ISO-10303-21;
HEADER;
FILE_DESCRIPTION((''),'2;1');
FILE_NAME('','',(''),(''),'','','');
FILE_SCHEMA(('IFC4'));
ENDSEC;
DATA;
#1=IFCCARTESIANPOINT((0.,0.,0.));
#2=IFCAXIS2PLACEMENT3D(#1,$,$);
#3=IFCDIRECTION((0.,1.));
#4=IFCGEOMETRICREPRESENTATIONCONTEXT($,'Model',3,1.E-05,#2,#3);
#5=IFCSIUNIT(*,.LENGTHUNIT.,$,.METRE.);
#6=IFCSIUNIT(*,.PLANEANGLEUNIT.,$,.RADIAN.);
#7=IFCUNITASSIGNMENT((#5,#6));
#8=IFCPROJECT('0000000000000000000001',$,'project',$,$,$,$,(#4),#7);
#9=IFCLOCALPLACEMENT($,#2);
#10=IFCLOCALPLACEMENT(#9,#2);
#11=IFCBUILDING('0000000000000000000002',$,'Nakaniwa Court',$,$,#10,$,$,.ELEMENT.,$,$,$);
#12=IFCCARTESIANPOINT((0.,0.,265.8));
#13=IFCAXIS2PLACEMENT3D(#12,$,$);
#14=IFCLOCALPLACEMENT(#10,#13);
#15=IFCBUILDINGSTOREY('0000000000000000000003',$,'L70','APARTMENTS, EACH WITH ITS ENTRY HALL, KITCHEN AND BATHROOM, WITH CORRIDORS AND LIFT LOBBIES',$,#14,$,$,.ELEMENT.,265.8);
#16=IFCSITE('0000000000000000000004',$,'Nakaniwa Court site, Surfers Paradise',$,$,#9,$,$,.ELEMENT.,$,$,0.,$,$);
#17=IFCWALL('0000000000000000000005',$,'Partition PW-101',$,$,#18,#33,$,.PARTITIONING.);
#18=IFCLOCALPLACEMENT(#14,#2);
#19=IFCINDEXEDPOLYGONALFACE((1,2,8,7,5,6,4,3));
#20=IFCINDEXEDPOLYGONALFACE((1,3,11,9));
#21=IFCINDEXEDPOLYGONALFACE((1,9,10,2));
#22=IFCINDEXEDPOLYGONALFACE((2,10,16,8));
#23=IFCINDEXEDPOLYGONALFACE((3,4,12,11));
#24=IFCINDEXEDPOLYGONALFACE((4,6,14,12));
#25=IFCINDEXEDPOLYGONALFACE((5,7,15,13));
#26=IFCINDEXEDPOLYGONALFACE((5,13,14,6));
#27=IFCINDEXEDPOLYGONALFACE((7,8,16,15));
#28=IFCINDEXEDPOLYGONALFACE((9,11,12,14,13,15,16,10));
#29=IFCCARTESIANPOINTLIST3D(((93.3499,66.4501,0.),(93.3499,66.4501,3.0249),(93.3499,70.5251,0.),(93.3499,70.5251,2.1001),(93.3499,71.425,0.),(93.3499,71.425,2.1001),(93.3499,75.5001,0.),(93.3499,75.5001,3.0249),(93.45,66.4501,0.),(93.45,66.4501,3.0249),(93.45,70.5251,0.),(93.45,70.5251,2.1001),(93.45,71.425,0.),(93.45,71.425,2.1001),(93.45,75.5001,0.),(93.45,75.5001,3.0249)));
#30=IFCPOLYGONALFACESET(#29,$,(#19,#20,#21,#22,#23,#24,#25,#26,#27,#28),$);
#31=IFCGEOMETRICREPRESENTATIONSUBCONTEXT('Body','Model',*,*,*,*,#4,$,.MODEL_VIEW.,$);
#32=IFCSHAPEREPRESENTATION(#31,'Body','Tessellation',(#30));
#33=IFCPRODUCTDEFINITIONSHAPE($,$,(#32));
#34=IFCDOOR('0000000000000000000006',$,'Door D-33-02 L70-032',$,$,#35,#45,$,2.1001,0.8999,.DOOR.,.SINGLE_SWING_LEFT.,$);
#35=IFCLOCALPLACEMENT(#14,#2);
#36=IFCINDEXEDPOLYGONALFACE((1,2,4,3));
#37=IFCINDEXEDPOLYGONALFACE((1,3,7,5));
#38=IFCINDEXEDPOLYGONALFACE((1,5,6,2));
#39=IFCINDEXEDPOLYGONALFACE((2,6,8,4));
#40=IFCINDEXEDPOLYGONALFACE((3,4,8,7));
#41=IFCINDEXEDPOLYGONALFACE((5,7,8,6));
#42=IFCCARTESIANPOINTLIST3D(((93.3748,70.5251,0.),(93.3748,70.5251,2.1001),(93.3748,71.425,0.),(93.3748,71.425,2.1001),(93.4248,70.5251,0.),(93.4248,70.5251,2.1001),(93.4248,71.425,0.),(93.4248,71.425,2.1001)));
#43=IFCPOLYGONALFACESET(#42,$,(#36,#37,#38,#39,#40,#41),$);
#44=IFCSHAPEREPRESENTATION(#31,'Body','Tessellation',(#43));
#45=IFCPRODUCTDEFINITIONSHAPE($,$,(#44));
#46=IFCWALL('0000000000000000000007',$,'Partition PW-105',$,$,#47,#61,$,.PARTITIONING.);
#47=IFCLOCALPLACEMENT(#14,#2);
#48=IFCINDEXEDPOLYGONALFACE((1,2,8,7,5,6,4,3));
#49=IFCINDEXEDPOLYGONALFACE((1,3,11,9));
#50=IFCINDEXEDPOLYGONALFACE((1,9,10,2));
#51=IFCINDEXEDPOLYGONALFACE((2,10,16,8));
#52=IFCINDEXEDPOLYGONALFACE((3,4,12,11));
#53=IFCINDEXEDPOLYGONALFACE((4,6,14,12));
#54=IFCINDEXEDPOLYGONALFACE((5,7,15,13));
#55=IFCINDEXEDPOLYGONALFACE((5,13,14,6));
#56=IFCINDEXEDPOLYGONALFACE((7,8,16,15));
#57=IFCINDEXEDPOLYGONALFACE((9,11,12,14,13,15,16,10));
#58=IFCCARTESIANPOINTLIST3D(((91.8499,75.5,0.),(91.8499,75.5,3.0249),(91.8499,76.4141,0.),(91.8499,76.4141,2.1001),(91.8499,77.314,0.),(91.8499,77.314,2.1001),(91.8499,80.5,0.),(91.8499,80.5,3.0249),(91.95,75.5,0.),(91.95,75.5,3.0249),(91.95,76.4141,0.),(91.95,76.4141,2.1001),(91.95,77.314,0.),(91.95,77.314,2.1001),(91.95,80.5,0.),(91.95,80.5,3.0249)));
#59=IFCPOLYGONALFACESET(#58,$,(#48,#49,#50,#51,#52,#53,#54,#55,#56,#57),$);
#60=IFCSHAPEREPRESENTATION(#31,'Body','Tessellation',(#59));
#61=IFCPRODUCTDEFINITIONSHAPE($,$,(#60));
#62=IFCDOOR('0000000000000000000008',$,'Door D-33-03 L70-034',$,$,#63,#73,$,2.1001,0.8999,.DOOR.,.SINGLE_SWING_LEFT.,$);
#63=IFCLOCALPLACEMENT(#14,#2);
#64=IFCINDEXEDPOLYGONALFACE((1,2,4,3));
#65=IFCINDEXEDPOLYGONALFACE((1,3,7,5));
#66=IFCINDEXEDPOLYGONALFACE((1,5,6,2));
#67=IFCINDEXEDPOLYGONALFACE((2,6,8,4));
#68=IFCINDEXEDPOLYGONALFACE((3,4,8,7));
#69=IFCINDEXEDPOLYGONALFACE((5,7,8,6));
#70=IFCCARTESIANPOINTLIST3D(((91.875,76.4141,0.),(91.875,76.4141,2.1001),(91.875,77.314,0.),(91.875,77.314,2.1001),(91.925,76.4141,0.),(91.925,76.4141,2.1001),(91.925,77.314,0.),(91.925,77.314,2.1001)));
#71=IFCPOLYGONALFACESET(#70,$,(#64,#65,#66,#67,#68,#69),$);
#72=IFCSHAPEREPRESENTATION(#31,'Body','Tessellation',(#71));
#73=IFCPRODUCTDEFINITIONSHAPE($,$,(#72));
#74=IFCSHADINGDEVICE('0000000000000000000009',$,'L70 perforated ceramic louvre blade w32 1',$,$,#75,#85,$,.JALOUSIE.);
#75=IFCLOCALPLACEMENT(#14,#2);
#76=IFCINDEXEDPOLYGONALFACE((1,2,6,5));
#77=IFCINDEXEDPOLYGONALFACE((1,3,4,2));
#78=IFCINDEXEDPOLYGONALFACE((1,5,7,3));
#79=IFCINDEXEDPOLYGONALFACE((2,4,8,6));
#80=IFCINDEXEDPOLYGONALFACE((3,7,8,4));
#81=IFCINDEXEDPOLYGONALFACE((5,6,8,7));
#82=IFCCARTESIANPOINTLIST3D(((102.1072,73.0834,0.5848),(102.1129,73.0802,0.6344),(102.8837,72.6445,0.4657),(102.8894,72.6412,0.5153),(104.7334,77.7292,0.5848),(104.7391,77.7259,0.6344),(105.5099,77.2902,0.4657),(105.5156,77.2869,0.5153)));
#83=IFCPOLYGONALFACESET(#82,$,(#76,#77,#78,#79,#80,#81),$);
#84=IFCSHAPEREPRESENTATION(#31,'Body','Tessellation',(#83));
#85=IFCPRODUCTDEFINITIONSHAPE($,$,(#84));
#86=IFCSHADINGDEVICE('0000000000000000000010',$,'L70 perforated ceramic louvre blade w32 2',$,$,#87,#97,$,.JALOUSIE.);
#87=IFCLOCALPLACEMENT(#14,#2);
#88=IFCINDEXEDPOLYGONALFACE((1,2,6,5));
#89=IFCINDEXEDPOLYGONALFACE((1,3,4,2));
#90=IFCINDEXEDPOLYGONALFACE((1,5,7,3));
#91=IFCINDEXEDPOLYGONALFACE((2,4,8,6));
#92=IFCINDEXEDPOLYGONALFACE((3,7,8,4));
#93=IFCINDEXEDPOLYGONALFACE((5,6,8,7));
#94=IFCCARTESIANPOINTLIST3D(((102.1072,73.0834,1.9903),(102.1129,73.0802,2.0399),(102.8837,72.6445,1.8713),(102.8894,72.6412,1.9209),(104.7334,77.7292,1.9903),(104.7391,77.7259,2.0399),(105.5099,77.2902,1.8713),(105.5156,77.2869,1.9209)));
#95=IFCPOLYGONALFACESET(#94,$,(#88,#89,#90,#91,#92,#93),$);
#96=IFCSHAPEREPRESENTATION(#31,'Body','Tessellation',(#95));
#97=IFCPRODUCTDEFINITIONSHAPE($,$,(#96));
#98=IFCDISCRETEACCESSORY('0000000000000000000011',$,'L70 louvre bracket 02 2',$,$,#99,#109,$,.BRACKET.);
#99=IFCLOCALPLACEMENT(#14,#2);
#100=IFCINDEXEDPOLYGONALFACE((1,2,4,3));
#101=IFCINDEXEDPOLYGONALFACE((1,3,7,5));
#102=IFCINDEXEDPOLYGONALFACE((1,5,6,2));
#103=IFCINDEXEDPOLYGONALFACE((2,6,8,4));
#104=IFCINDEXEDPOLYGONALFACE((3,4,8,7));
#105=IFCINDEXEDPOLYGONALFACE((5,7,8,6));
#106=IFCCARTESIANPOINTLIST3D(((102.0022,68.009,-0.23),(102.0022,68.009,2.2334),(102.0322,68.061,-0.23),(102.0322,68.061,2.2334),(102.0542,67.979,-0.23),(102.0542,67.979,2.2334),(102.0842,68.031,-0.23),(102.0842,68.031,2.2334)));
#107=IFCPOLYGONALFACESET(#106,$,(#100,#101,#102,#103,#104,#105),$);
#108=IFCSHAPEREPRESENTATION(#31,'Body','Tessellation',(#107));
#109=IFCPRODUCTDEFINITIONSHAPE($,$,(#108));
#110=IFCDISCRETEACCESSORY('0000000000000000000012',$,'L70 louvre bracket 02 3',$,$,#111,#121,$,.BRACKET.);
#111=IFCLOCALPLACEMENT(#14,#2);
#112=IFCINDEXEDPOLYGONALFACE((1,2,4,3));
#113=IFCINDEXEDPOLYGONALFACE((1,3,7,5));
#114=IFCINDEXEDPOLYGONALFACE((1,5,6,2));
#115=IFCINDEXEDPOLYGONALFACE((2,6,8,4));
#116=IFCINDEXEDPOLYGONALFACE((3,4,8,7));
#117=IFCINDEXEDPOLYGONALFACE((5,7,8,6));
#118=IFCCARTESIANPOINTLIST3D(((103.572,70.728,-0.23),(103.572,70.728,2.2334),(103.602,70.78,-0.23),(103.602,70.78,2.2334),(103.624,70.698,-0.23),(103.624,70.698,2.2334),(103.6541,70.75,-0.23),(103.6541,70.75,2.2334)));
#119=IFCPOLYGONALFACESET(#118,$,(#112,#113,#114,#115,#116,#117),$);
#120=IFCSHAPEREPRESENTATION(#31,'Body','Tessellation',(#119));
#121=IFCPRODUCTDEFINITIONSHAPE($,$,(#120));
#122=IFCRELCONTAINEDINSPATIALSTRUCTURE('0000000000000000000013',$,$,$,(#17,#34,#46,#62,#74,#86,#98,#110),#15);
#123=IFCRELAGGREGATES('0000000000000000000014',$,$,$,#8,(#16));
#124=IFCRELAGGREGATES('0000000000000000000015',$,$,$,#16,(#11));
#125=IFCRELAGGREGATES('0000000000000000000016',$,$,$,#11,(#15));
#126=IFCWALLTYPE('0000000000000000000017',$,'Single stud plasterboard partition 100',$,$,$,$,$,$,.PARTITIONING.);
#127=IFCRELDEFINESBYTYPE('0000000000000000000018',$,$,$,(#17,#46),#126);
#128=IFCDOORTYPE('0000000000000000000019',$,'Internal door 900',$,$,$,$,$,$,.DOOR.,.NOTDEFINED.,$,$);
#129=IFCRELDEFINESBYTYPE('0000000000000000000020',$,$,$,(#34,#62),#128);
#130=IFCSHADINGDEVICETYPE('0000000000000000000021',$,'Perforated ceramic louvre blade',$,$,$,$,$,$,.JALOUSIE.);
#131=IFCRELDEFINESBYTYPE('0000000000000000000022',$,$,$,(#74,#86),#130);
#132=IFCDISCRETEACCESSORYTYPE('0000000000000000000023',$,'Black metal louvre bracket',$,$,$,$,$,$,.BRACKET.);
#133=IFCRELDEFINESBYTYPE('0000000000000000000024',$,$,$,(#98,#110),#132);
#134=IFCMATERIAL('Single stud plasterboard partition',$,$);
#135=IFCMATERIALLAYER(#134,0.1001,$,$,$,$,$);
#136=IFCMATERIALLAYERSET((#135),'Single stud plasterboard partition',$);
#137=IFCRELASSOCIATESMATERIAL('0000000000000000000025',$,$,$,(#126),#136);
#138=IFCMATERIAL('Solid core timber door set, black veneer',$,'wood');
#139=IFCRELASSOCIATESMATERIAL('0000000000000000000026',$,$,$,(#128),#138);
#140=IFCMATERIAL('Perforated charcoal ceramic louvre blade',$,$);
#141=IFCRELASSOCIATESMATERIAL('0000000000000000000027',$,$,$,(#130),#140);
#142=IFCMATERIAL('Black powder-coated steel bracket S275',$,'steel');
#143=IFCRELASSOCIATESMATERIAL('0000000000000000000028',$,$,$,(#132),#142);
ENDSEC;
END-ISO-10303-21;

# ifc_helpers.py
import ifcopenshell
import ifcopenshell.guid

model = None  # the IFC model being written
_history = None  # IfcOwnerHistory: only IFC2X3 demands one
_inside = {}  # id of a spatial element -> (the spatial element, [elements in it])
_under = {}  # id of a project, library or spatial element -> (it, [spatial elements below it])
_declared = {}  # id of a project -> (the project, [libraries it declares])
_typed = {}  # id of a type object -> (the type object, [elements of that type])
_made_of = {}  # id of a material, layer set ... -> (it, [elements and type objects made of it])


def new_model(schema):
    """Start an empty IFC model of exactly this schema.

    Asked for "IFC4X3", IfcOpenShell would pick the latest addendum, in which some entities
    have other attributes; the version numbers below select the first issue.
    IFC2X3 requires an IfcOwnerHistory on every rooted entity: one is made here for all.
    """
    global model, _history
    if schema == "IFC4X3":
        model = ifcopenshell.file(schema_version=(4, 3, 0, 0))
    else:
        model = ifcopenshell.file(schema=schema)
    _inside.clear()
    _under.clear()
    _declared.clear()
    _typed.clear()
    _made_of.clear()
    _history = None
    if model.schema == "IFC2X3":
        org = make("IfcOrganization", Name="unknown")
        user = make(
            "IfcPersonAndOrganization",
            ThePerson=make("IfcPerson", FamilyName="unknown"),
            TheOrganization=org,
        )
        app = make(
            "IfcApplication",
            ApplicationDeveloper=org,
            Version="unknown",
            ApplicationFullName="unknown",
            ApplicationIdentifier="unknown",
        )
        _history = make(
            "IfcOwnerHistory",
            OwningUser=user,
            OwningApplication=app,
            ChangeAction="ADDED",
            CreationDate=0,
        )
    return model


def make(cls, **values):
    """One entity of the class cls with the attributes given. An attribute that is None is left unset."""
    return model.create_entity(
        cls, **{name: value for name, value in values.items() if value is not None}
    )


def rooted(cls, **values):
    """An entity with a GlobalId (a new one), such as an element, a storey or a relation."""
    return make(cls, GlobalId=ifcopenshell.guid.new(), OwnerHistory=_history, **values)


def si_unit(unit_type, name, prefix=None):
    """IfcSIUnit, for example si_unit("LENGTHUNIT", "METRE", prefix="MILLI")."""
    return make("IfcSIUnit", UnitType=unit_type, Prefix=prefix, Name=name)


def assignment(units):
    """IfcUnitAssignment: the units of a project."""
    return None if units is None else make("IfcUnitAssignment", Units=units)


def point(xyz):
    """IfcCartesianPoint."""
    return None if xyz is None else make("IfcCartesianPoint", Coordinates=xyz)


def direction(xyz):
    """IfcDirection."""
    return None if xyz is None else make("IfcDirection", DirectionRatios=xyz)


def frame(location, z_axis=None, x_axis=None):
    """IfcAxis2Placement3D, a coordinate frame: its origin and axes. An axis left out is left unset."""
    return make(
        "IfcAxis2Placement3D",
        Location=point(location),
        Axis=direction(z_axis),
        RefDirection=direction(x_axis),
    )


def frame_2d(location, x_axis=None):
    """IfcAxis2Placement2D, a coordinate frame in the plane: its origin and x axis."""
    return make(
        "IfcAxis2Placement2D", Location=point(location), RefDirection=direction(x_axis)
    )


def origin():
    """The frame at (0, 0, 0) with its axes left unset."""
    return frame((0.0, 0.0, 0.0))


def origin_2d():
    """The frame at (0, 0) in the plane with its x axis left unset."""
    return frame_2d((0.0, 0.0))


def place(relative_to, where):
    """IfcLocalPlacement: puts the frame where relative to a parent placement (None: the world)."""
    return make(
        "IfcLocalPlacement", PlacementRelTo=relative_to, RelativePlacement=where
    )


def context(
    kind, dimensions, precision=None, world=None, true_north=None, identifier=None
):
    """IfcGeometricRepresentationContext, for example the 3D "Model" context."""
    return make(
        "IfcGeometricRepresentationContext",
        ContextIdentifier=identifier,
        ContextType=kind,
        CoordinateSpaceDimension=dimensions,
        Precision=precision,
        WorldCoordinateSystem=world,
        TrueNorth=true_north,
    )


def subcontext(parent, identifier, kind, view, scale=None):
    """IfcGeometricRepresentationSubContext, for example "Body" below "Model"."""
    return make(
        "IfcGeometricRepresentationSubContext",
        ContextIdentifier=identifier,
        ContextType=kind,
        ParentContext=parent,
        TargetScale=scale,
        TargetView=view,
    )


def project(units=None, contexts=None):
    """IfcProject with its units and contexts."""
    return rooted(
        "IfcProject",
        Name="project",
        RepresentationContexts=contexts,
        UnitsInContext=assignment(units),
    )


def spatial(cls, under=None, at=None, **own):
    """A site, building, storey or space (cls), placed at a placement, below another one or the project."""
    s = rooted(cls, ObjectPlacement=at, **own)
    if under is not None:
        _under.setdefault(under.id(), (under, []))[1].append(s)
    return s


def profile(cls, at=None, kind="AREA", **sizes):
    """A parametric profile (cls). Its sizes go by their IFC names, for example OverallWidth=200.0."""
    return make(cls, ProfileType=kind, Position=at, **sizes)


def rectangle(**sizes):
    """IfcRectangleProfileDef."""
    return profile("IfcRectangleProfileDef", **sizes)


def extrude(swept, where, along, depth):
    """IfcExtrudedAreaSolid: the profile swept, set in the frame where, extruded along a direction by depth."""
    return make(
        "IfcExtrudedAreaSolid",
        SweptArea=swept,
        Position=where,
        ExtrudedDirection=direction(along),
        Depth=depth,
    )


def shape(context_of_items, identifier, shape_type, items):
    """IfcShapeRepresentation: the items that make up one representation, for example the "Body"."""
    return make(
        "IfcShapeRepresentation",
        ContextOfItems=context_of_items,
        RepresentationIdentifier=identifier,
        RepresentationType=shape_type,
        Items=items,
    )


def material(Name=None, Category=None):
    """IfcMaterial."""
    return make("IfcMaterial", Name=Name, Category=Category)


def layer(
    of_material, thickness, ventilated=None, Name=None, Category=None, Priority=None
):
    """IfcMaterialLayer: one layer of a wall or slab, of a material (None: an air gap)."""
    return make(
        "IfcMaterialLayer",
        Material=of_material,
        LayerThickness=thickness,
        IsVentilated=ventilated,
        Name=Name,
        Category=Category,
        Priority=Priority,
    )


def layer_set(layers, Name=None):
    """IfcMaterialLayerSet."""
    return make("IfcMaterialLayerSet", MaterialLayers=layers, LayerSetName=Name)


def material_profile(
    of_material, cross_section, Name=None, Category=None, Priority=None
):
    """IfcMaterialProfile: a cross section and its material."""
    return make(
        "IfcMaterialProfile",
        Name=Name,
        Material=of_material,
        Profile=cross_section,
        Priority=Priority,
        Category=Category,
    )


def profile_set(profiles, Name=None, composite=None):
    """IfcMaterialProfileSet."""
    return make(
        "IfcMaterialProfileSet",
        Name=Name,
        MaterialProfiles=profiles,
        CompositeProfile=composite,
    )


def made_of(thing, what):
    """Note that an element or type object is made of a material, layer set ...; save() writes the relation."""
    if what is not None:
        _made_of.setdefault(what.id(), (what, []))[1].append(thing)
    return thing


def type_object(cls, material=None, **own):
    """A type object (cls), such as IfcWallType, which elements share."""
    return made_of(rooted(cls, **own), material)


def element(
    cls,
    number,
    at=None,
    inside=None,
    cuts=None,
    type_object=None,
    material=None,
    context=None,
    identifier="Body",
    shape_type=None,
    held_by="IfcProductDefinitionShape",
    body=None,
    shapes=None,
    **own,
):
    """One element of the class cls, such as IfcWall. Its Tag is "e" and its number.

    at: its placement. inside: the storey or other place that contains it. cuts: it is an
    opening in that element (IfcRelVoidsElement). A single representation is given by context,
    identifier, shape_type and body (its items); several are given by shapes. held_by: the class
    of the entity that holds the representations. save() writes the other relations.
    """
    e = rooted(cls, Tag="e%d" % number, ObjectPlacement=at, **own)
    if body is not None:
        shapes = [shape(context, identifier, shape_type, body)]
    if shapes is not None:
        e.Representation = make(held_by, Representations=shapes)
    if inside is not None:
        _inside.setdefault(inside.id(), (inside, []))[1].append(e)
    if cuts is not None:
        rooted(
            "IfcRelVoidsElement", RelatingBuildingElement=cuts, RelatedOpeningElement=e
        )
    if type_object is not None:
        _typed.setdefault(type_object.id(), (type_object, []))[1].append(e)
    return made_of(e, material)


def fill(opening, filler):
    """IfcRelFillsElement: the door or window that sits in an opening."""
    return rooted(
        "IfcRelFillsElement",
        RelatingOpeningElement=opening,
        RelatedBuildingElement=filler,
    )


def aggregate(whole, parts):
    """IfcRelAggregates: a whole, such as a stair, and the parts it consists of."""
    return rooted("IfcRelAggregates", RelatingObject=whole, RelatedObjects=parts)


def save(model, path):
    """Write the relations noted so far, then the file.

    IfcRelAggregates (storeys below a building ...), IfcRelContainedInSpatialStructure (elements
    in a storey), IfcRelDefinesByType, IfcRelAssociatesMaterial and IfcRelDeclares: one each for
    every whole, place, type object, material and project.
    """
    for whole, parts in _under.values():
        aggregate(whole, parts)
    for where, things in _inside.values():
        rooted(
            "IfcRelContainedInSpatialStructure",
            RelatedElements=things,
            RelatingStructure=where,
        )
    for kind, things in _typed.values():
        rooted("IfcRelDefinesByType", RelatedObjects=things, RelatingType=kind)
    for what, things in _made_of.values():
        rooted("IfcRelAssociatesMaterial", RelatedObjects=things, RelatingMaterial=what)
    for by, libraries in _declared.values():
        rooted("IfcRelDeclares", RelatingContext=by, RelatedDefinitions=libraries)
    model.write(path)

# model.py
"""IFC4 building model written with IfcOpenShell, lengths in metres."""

from ifc_helpers import new_model, si_unit, direction, frame, frame_2d, origin, origin_2d, place, context, subcontext, project, spatial, rectangle, extrude, material, layer, layer_set, material_profile, profile_set, type_object, element, fill, save


model = new_model("IFC4")

# Units and contexts
model_context = context("Model", 3, precision=1e-05, world=origin(), true_north=direction((0.0, 1.0)))
body_context = subcontext(model_context, "Body", "Model", "MODEL_VIEW")
ifc_project = project(units=[si_unit("LENGTHUNIT", "METRE"), si_unit("PLANEANGLEUNIT", "RADIAN")], contexts=[model_context])

# Site, building, storey
site_placement = place(None, origin())
site = spatial("IfcSite", under=ifc_project, at=site_placement, Name="Nakaniwa Court site, Surfers Paradise", CompositionType="ELEMENT", RefElevation=0.0)
building_placement = place(site_placement, origin())
building = spatial("IfcBuilding", under=site, at=building_placement, Name="Nakaniwa Court", CompositionType="ELEMENT")
storey_placement = place(building_placement, frame((0.0, 0.0, 265.8)))
storey = spatial("IfcBuildingStorey", under=building, at=storey_placement, Name="L70", Description="APARTMENTS, EACH WITH ITS ENTRY HALL, KITCHEN AND BATHROOM, WITH CORRIDORS AND LIFT LOBBIES", CompositionType="ELEMENT", Elevation=265.8)

# Walls, openings, doors
ifc_material_1 = material(Name="Single stud plasterboard partition")
ifc_layer_1 = layer(ifc_material_1, 0.1001)
ifc_layer_set_1 = layer_set([ifc_layer_1], Name="Single stud plasterboard partition")
wall_type_1 = type_object("IfcWallType", Name="Single stud plasterboard partition 100", PredefinedType="PARTITIONING", material=ifc_layer_set_1)
wall_1_placement = place(storey_placement, frame((93.3999, 75.5, 0.0), z_axis=(0.0, 0.0, 1.0), x_axis=(0.0, -1.0, 0.0)))
wall_1 = element("IfcWall", 1, at=wall_1_placement, inside=storey, type_object=wall_type_1, Name="Partition PW-101", PredefinedType="PARTITIONING", context=body_context, shape_type="SweptSolid", body=[
    extrude(rectangle(XDim=9.05, YDim=0.1001, at=frame_2d((4.5249, 0.0))), origin(), (0.0, 0.0, 1.0), 3.0249),
])
opening_1_placement = place(wall_1_placement, frame((4.075, 0.0, 0.0)))
opening_1 = element("IfcOpeningElement", 2, at=opening_1_placement, cuts=wall_1, PredefinedType="OPENING", context=body_context, shape_type="SweptSolid", body=[
    extrude(rectangle(XDim=0.8999, YDim=2.1001, at=frame_2d((0.45, 1.05))), frame((0.0, 0.0601, 0.0), z_axis=(0.0, -1.0, 0.0), x_axis=(1.0, 0.0, 0.0)), (0.0, 0.0, 1.0), 0.1201),
])
ifc_material_2 = material(Name="Solid core timber door set, black veneer", Category="wood")
door_type_1 = type_object("IfcDoorType", Name="Internal door 900", OperationType="NOTDEFINED", PredefinedType="DOOR", material=ifc_material_2)
door_1_placement = place(opening_1_placement, origin())
door_1 = element("IfcDoor", 3, at=door_1_placement, inside=storey, type_object=door_type_1, Name="Door D-33-02 L70-032", OperationType="SINGLE_SWING_LEFT", OverallHeight=2.1001, OverallWidth=0.8999, PredefinedType="DOOR", context=body_context, shape_type="SweptSolid", body=[
    extrude(rectangle(XDim=0.8999, YDim=2.1001, at=frame_2d((0.45, 1.05))), frame((0.0, 0.0249, 0.0), z_axis=(0.0, -1.0, 0.0), x_axis=(1.0, 0.0, 0.0)), (0.0, 0.0, 1.0), 0.05),
])
fill(opening_1, door_1)
wall_2_placement = place(storey_placement, frame((91.8999, 75.5, 0.0), z_axis=(0.0, 0.0, 1.0), x_axis=(0.0, 1.0, 0.0)))
wall_2 = element("IfcWall", 4, at=wall_2_placement, inside=storey, type_object=wall_type_1, Name="Partition PW-105", PredefinedType="PARTITIONING", context=body_context, shape_type="SweptSolid", body=[
    extrude(rectangle(XDim=5.0, YDim=0.1001, at=frame_2d((2.5, 0.0))), origin(), (0.0, 0.0, 1.0), 3.0249),
])
opening_2_placement = place(wall_2_placement, frame((0.9141, 0.0, 0.0)))
opening_2 = element("IfcOpeningElement", 5, at=opening_2_placement, cuts=wall_2, PredefinedType="OPENING", context=body_context, shape_type="SweptSolid", body=[
    extrude(rectangle(XDim=0.8999, YDim=2.1001, at=frame_2d((0.45, 1.05))), frame((0.0, 0.0601, 0.0), z_axis=(0.0, -1.0, 0.0), x_axis=(1.0, 0.0, 0.0)), (0.0, 0.0, 1.0), 0.1201),
])
door_2_placement = place(opening_2_placement, origin())
door_2 = element("IfcDoor", 6, at=door_2_placement, inside=storey, type_object=door_type_1, Name="Door D-33-03 L70-034", OperationType="SINGLE_SWING_LEFT", OverallHeight=2.1001, OverallWidth=0.8999, PredefinedType="DOOR", context=body_context, shape_type="SweptSolid", body=[
    extrude(rectangle(XDim=0.8999, YDim=2.1001, at=frame_2d((0.45, 1.05))), frame((0.0, 0.0249, 0.0), z_axis=(0.0, -1.0, 0.0), x_axis=(1.0, 0.0, 0.0)), (0.0, 0.0, 1.0), 0.05),
])
fill(opening_2, door_2)

# Shading devices
ifc_material_3 = material(Name="Perforated charcoal ceramic louvre blade")
ifc_material_profile_1 = material_profile(ifc_material_3, rectangle(XDim=0.8999, YDim=0.05, at=origin_2d()), Name="Perforated ceramic louvre blade")
ifc_profile_set_1 = profile_set([ifc_material_profile_1], Name="Perforated charcoal ceramic louvre blade")
shading_device_type = type_object("IfcShadingDeviceType", Name="Perforated ceramic louvre blade", PredefinedType="JALOUSIE", material=ifc_profile_set_1)
for number, where, z_axis, x_axis, name in (
    (7, (102.4983, 72.8623, 0.55), (0.492109, 0.870534, 0.0), (-0.862887, 0.487786, 0.132256), "L70 perforated ceramic louvre blade w32 1"),
    (8, (102.4983, 72.8623, 1.9556), (0.492109, 0.870534, 0.0), (-0.862887, 0.487786, 0.132256), "L70 perforated ceramic louvre blade w32 2"),
):
    element("IfcShadingDevice", number, at=place(storey_placement, frame(where, z_axis=z_axis, x_axis=x_axis)), inside=storey, type_object=shading_device_type, Name=name, PredefinedType="JALOUSIE", context=body_context, shape_type="SweptSolid", body=[
        extrude(rectangle(XDim=0.8999, YDim=0.05, at=origin_2d()), origin(), (0.0, 0.0, 1.0), 5.3367),
    ])

# Discrete accessories
ifc_material_4 = material(Name="Black powder-coated steel bracket S275", Category="steel")
discrete_accessory_type = type_object("IfcDiscreteAccessoryType", Name="Black metal louvre bracket", PredefinedType="BRACKET", material=ifc_material_4)
for number, where, z_axis, x_axis, name in (
    (9, (102.0432, 68.02, -0.23), (0.0, 0.0, 1.0), (0.499986, 0.866033, 0.0), "L70 louvre bracket 02 2"),
    (10, (103.613, 70.739, -0.23), (0.0, 0.0, 1.0), (0.499986, 0.866033, 0.0), "L70 louvre bracket 02 3"),
):
    element("IfcDiscreteAccessory", number, at=place(storey_placement, frame(where, z_axis=z_axis, x_axis=x_axis)), inside=storey, type_object=discrete_accessory_type, Name=name, PredefinedType="BRACKET", context=body_context, shape_type="SweptSolid", body=[
        extrude(rectangle(XDim=0.0601, YDim=0.0601, at=origin_2d()), origin(), (0.0, 0.0, 1.0), 2.4634),
    ])

save(model, "model.ifc")
